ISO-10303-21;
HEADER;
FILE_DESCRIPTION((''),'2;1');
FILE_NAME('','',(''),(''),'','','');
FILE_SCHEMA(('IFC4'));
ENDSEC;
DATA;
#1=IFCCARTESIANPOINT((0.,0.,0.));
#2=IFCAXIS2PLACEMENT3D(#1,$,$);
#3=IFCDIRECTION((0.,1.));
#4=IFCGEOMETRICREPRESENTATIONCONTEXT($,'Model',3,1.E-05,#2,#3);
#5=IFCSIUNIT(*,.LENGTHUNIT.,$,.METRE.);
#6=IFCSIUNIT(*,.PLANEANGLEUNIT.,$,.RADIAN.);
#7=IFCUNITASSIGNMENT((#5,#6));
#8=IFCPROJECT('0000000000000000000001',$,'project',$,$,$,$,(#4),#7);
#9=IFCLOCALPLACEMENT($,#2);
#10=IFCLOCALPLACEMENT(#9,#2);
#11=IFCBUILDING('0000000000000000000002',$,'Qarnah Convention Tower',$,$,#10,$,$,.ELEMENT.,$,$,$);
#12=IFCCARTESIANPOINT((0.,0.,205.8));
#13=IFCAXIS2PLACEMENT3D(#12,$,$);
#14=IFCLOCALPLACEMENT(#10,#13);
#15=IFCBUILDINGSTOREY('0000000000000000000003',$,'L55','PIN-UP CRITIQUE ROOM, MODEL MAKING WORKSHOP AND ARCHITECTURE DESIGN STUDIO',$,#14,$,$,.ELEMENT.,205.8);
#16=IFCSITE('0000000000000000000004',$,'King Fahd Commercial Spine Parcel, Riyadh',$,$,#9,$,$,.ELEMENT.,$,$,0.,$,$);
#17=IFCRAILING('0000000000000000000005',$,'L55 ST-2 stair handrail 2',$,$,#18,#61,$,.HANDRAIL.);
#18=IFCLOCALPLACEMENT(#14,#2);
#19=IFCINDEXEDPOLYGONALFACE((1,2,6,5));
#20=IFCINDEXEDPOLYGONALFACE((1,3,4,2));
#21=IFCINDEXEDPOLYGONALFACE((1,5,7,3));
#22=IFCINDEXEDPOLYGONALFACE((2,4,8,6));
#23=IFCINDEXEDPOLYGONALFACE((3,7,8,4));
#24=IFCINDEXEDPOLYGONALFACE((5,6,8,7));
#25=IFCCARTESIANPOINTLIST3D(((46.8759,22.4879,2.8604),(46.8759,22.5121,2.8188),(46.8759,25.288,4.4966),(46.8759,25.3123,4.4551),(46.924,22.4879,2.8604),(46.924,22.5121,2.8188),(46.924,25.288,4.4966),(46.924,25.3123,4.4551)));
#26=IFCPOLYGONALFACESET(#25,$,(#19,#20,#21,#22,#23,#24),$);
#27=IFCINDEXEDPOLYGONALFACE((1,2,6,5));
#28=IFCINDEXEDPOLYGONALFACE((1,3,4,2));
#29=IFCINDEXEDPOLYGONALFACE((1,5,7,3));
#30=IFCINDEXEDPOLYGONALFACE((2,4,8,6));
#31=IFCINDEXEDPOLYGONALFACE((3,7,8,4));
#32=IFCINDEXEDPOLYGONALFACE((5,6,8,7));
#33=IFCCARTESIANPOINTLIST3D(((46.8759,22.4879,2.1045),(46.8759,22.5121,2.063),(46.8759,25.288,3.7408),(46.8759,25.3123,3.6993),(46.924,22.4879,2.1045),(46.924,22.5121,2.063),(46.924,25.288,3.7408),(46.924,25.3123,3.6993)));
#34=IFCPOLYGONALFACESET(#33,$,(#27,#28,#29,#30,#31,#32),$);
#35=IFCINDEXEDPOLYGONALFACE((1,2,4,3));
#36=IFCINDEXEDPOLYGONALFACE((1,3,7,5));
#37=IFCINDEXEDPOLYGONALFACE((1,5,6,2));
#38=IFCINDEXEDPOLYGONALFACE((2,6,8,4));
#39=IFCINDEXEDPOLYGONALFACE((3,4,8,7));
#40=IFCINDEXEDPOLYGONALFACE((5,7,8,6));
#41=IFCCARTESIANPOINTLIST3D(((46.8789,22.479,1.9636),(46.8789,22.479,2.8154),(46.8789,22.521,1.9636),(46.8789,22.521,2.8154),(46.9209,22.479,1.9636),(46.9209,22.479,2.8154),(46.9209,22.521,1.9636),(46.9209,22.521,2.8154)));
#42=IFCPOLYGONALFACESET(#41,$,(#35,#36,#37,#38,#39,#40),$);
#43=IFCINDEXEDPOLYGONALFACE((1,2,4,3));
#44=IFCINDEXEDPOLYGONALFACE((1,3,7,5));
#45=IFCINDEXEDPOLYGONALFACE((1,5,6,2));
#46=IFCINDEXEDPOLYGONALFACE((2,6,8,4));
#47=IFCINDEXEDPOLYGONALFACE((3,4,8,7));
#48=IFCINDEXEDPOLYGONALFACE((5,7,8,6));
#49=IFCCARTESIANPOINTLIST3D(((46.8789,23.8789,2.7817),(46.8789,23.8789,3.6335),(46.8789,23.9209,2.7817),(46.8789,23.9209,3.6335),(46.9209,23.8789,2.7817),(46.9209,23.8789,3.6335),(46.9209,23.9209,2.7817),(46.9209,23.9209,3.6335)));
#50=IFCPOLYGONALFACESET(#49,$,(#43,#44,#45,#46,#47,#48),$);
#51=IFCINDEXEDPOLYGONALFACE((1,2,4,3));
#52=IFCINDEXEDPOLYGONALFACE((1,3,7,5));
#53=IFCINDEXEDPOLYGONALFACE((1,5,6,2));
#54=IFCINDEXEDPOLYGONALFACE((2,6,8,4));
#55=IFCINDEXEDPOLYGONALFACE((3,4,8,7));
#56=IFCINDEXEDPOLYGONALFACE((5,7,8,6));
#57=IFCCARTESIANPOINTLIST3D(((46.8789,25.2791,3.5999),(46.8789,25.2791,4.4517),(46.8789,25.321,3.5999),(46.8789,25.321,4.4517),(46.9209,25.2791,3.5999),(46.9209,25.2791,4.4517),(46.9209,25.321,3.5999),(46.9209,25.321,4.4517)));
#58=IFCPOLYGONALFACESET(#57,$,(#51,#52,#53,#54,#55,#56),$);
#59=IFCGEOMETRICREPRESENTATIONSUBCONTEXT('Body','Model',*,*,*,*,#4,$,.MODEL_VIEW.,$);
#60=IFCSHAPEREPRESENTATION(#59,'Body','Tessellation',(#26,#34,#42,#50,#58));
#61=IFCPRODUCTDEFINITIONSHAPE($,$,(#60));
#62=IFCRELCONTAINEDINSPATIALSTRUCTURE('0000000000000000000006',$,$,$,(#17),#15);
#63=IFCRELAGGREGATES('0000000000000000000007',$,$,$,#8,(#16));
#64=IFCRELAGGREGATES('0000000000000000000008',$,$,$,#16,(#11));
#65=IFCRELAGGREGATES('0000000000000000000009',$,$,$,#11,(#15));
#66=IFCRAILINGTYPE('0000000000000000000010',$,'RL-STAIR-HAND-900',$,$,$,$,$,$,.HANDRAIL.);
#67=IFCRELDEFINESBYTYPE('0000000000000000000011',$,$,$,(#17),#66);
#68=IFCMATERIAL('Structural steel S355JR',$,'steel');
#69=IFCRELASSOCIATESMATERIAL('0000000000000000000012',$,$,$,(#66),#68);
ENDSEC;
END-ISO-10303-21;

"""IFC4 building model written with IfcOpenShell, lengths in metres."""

from ifc_helpers import new_model, si_unit, direction, frame, origin, origin_2d, place, context, subcontext, project, spatial, rectangle, extrude, material, type_object, element, save


model = new_model("IFC4")

# Units and contexts
model_context = context("Model", 3, precision=1e-05, world=origin(), true_north=direction((0.0, 1.0)))
body_context = subcontext(model_context, "Body", "Model", "MODEL_VIEW")
ifc_project = project(units=[si_unit("LENGTHUNIT", "METRE"), si_unit("PLANEANGLEUNIT", "RADIAN")], contexts=[model_context])

# Site, building, storey
site_placement = place(None, origin())
site = spatial("IfcSite", under=ifc_project, at=site_placement, Name="King Fahd Commercial Spine Parcel, Riyadh", CompositionType="ELEMENT", RefElevation=0.0)
building_placement = place(site_placement, origin())
building = spatial("IfcBuilding", under=site, at=building_placement, Name="Qarnah Convention Tower", CompositionType="ELEMENT")
storey_placement = place(building_placement, frame((0.0, 0.0, 205.8)))
storey = spatial("IfcBuildingStorey", under=building, at=storey_placement, Name="L55", Description="PIN-UP CRITIQUE ROOM, MODEL MAKING WORKSHOP AND ARCHITECTURE DESIGN STUDIO", CompositionType="ELEMENT", Elevation=205.8)

# Shared definitions
ifc_material_1 = material(Name="Structural steel S355JR", Category="steel")

# Railing
railing_type_1 = type_object("IfcRailingType", Name="RL-STAIR-HAND-900", PredefinedType="HANDRAIL", material=ifc_material_1)
railing_1_placement = place(storey_placement, frame((46.8999, 22.5, 1.9636)))
element("IfcRailing", 1, at=railing_1_placement, inside=storey, type_object=railing_type_1, Name="L55 ST-2 stair handrail 2", PredefinedType="HANDRAIL", context=body_context, shape_type="SweptSolid", body=[
    extrude(rectangle(XDim=0.0481, YDim=0.0481, at=origin_2d()), frame((0.0, 0.0, 0.876), z_axis=(0.0, 0.863394, 0.504531), x_axis=(-1.0, 0.0, 0.0)), (0.0, 0.0, 1.0), 3.2432),
    extrude(rectangle(XDim=0.0481, YDim=0.0481, at=origin_2d()), frame((0.0, 0.0, 0.1201), z_axis=(0.0, 0.863394, 0.504531), x_axis=(-1.0, 0.0, 0.0)), (0.0, 0.0, 1.0), 3.2432),
    extrude(rectangle(XDim=0.042, YDim=0.042, at=origin_2d()), origin(), (0.0, 0.0, 1.0), 0.8518),
    extrude(rectangle(XDim=0.042, YDim=0.042, at=origin_2d()), frame((0.0, 1.3999, 0.8181)), (0.0, 0.0, 1.0), 0.8518),
    extrude(rectangle(XDim=0.042, YDim=0.042, at=origin_2d()), frame((0.0, 2.8, 1.6362)), (0.0, 0.0, 1.0), 0.8518),
])

save(model, "model.ifc")
